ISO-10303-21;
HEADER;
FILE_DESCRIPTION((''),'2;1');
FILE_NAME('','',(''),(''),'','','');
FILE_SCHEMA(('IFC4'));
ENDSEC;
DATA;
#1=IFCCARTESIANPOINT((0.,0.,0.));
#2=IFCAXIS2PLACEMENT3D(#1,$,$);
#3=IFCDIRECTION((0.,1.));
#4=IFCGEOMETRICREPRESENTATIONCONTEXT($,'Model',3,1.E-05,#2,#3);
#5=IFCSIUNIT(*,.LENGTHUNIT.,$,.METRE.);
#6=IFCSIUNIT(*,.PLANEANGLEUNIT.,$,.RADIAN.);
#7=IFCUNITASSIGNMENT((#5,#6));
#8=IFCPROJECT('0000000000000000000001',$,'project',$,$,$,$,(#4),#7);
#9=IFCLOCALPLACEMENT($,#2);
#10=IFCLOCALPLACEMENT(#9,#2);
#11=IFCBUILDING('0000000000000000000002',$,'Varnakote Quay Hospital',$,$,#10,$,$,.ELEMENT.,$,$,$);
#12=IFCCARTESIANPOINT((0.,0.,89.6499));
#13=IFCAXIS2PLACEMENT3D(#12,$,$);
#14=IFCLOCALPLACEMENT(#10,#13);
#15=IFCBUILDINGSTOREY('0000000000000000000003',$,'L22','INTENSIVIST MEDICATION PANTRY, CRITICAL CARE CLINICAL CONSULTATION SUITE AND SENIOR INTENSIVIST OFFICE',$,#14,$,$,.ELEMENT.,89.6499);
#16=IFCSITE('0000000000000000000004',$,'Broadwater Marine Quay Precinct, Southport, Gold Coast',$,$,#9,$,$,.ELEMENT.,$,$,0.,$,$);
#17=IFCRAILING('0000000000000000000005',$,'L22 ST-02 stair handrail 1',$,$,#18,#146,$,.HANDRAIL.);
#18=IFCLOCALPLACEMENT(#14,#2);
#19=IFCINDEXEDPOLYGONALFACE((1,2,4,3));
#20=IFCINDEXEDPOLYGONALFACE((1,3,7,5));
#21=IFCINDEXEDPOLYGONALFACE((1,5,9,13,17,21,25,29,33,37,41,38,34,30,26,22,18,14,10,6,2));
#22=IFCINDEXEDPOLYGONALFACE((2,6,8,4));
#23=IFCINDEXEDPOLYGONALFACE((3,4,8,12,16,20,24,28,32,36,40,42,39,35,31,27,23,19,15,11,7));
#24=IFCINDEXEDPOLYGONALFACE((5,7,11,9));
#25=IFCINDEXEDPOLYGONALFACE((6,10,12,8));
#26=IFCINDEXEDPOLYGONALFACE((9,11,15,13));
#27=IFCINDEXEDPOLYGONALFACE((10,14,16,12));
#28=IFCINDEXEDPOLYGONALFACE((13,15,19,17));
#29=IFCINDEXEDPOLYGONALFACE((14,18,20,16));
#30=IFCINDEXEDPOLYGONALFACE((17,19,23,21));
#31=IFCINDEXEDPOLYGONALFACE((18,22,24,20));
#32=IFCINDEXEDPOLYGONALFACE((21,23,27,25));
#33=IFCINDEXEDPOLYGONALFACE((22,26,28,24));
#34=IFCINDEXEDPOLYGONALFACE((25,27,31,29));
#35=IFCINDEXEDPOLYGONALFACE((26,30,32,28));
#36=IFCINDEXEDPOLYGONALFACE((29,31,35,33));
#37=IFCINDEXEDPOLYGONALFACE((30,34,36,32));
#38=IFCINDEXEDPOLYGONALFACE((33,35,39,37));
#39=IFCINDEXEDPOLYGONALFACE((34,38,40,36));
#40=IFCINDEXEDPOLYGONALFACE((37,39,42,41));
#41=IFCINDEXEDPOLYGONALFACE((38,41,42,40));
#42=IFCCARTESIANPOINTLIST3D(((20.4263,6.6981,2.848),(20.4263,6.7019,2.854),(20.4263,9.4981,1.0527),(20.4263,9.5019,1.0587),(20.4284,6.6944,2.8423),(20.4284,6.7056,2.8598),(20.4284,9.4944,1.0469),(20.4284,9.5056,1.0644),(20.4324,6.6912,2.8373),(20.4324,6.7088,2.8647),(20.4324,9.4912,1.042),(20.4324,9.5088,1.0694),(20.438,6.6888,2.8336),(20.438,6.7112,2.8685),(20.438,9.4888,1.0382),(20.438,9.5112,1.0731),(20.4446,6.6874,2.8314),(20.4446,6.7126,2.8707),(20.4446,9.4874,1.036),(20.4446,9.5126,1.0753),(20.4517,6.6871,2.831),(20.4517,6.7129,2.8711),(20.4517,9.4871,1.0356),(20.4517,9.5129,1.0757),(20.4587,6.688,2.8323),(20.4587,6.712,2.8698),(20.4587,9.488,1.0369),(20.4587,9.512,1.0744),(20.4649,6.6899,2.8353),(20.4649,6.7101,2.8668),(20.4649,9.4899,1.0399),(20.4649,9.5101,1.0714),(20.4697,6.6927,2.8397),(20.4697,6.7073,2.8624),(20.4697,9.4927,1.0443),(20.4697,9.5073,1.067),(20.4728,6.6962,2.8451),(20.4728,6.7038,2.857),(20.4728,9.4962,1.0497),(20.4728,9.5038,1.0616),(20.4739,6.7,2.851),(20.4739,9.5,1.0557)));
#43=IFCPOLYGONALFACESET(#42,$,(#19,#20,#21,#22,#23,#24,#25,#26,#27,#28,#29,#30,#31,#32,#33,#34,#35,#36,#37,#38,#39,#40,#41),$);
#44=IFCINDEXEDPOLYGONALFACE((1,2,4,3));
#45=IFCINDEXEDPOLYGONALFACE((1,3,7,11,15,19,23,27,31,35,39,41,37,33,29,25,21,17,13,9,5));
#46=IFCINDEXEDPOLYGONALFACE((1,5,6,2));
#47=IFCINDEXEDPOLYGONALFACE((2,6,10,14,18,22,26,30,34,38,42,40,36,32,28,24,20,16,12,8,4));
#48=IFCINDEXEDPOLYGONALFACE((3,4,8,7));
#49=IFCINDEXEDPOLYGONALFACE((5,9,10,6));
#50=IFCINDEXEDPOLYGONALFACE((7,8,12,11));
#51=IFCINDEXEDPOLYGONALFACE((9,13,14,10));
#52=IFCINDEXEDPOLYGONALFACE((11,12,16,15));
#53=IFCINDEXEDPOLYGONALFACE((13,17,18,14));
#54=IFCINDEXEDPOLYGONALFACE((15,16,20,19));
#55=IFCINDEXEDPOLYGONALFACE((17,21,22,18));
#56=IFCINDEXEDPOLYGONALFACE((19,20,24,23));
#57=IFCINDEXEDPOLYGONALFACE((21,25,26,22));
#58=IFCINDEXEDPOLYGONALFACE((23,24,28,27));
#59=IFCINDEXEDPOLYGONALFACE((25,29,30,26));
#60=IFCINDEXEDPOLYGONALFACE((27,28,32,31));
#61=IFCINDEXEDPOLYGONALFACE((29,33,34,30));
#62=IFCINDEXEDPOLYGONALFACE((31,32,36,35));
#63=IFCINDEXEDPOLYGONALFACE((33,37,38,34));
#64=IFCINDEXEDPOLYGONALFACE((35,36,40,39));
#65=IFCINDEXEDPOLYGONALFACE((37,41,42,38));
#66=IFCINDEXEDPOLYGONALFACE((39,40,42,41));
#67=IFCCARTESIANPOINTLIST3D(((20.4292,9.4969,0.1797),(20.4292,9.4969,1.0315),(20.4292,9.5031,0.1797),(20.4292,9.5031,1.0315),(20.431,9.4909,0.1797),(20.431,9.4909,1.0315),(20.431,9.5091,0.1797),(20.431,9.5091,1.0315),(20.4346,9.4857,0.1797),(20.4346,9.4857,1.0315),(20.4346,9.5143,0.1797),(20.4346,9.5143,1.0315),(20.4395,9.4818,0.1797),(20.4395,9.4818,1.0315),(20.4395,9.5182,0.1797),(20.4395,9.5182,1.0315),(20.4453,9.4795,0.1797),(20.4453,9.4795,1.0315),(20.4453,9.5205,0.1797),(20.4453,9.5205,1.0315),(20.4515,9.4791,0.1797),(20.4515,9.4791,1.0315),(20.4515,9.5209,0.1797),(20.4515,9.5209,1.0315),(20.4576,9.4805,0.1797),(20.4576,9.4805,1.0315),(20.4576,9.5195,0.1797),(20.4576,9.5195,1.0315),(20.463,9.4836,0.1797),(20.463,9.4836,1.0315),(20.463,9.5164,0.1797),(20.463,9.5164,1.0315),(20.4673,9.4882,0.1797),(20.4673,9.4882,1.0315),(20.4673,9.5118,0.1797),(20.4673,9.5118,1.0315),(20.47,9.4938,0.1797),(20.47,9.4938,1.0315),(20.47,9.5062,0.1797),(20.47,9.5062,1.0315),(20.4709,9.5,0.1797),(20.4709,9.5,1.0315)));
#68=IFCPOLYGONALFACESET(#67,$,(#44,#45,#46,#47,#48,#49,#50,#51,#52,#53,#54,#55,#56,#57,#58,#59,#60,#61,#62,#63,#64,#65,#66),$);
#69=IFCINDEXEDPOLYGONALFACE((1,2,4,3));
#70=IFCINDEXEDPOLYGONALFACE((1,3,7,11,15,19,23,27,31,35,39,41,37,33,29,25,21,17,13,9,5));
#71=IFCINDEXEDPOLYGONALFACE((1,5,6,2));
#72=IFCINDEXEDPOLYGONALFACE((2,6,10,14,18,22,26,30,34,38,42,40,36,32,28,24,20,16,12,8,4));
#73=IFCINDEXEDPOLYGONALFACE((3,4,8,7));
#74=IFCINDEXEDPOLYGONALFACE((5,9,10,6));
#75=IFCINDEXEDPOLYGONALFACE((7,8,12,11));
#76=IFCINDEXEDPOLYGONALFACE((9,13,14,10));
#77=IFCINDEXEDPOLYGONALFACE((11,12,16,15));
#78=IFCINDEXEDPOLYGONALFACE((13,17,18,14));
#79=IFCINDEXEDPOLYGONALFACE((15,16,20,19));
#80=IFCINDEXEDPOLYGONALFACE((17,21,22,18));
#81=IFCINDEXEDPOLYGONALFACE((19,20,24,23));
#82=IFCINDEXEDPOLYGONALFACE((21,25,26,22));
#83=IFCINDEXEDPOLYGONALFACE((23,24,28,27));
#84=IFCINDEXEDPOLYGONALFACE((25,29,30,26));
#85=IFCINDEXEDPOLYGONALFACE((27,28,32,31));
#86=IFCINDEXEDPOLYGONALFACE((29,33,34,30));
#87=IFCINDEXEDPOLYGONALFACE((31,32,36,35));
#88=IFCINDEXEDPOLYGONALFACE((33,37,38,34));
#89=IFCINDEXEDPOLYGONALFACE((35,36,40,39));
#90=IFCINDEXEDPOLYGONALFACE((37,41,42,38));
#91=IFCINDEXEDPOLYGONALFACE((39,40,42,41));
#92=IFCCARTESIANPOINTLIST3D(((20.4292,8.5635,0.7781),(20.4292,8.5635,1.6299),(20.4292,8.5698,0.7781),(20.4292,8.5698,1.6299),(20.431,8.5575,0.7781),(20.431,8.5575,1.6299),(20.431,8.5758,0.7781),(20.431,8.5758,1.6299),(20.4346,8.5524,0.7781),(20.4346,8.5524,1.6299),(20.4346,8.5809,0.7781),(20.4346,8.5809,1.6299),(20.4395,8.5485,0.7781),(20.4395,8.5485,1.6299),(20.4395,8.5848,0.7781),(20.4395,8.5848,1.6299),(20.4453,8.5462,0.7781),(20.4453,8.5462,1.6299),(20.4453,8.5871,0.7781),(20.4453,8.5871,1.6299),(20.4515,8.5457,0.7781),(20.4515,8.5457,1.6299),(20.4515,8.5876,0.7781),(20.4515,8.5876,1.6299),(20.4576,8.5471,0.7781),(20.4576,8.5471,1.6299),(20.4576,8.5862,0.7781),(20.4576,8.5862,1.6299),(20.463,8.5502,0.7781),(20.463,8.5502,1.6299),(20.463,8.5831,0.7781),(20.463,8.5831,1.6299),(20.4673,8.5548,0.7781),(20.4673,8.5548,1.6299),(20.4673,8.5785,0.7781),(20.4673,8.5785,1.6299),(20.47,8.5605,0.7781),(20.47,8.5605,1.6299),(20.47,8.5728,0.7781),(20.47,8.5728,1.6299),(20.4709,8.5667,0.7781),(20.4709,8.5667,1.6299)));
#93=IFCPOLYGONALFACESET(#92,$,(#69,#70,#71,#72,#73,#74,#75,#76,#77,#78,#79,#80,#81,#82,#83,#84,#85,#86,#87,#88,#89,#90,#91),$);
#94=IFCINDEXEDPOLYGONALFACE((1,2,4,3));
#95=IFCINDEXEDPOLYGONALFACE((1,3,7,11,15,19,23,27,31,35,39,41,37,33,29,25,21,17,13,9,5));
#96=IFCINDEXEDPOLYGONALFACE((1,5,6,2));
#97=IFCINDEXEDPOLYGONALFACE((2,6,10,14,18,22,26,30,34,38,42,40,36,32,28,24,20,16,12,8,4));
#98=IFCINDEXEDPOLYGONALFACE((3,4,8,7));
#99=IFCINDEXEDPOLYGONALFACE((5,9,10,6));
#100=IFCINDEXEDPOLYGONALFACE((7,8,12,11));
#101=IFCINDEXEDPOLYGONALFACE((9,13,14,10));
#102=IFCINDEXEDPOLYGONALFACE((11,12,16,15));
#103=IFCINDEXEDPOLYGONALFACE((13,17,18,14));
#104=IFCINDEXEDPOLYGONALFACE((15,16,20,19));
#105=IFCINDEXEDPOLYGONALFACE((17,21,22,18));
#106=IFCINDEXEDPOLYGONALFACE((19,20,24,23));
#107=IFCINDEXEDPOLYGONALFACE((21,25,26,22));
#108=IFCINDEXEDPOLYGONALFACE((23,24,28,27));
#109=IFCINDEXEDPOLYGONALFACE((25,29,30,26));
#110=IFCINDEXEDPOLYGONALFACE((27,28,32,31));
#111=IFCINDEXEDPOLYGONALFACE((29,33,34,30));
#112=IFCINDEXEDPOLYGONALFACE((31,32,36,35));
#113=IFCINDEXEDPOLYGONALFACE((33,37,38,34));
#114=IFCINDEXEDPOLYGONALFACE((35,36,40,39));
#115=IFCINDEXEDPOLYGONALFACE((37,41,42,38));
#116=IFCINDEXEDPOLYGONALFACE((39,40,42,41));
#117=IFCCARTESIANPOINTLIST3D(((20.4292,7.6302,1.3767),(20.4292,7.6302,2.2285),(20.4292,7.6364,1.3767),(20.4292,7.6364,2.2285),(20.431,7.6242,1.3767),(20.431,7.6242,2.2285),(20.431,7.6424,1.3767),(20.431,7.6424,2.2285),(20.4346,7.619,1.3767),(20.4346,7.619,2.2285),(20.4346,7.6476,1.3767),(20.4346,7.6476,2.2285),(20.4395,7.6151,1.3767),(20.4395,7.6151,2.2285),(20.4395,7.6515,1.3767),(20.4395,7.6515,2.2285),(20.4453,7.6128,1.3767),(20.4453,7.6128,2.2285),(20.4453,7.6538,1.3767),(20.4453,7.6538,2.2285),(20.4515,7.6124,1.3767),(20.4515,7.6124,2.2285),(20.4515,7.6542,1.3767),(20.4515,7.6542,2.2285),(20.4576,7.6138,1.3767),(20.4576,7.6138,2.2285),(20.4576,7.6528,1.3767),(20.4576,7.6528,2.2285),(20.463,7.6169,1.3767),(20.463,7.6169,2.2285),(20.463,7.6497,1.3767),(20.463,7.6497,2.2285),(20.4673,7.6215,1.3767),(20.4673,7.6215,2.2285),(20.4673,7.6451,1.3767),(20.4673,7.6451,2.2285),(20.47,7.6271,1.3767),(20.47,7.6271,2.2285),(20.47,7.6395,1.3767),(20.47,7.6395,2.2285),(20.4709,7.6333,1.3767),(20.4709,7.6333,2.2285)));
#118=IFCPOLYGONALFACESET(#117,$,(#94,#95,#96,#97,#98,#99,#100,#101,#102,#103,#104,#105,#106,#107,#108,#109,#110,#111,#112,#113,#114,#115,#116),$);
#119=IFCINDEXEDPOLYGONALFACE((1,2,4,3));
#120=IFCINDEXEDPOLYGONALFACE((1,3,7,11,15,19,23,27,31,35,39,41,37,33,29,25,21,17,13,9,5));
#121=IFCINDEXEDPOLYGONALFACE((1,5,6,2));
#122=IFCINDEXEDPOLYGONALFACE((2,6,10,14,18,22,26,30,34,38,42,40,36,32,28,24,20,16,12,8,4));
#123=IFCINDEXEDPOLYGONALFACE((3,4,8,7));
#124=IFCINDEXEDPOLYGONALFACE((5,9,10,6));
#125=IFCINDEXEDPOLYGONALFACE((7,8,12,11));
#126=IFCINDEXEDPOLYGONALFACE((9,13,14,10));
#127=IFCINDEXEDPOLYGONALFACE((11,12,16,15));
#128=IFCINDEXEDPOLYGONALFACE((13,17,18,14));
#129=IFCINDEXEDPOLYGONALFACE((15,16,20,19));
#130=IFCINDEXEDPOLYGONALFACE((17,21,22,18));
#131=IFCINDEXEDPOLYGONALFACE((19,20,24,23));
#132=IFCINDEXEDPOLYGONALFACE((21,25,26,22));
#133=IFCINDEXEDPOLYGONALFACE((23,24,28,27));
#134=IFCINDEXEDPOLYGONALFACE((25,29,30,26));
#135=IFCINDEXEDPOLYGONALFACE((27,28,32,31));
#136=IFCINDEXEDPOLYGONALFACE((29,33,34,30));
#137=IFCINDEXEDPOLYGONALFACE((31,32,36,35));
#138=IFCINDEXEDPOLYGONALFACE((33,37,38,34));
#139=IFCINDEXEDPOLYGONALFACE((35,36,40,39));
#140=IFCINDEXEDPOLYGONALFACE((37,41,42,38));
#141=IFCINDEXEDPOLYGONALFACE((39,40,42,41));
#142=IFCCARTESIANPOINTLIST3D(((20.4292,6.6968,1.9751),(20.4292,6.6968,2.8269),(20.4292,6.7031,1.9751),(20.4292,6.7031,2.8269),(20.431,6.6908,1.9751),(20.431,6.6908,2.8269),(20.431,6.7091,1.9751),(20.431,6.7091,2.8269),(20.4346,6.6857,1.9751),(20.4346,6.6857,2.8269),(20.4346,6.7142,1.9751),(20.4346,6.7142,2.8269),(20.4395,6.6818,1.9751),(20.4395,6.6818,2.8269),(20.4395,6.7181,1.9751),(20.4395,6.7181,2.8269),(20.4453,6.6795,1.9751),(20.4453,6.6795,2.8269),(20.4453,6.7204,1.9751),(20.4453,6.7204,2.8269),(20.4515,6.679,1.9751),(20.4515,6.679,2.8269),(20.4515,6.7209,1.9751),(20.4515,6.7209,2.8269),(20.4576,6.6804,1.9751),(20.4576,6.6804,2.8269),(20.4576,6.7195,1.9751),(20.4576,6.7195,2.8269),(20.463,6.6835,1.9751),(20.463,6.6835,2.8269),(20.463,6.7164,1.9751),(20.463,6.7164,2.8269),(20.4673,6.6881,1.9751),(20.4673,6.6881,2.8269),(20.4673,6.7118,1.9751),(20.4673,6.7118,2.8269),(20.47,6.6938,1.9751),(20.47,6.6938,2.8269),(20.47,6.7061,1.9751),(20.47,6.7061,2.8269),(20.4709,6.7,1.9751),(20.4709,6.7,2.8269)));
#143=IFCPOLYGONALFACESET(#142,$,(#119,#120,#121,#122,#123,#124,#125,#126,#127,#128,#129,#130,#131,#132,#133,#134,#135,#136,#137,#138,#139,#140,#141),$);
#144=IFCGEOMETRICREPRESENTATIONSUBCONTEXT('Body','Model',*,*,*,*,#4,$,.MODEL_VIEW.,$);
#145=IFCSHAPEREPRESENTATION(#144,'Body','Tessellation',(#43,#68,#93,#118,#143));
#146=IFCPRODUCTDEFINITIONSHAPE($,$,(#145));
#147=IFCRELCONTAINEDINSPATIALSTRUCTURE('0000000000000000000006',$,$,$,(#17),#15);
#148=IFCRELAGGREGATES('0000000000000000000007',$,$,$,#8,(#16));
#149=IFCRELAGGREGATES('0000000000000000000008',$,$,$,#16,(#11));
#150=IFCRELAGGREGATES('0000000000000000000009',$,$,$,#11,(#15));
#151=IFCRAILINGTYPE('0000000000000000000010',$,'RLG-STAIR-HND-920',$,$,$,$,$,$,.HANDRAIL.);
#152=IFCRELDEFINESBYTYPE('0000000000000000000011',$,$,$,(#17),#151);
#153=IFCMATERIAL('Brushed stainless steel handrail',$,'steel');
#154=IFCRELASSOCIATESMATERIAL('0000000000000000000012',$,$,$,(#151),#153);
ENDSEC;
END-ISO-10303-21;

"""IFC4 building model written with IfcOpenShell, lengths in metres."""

from ifc_helpers import new_model, si_unit, direction, frame, origin, origin_2d, place, context, subcontext, project, spatial, circle, extrude, material, type_object, element, save


model = new_model("IFC4")

# Units and contexts
model_context = context("Model", 3, precision=1e-05, world=origin(), true_north=direction((0.0, 1.0)))
body_context = subcontext(model_context, "Body", "Model", "MODEL_VIEW")
ifc_project = project(units=[si_unit("LENGTHUNIT", "METRE"), si_unit("PLANEANGLEUNIT", "RADIAN")], contexts=[model_context])

# Site, building, storey
site_placement = place(None, origin())
site = spatial("IfcSite", under=ifc_project, at=site_placement, Name="Broadwater Marine Quay Precinct, Southport, Gold Coast", CompositionType="ELEMENT", RefElevation=0.0)
building_placement = place(site_placement, origin())
building = spatial("IfcBuilding", under=site, at=building_placement, Name="Varnakote Quay Hospital", CompositionType="ELEMENT")
storey_placement = place(building_placement, frame((0.0, 0.0, 89.6499)))
storey = spatial("IfcBuildingStorey", under=building, at=storey_placement, Name="L22", Description="INTENSIVIST MEDICATION PANTRY, CRITICAL CARE CLINICAL CONSULTATION SUITE AND SENIOR INTENSIVIST OFFICE", CompositionType="ELEMENT", Elevation=89.6499)

# Railing
ifc_material_1 = material(Name="Brushed stainless steel handrail", Category="steel")
railing_type_1 = type_object("IfcRailingType", Name="RLG-STAIR-HND-920", PredefinedType="HANDRAIL", material=ifc_material_1)
railing_1_placement = place(storey_placement, frame((20.45, 9.5, 0.1797)))
element("IfcRailing", 1, at=railing_1_placement, inside=storey, type_object=railing_type_1, Name="L22 ST-02 stair handrail 1", PredefinedType="HANDRAIL", context=body_context, shape_type="SweptSolid", body=[
    extrude(circle(Radius=0.0239, at=origin_2d()), frame((0.0, 0.0, 0.876), z_axis=(0.0, -0.84181, 0.539774), x_axis=(1.0, 0.0, 0.0)), (0.0, 0.0, 1.0), 3.3262),
    extrude(circle(Radius=0.021, at=origin_2d()), origin(), (0.0, 0.0, 1.0), 0.8518),
    extrude(circle(Radius=0.021, at=origin_2d()), frame((0.0, -0.9333, 0.5984)), (0.0, 0.0, 1.0), 0.8518),
    extrude(circle(Radius=0.021, at=origin_2d()), frame((0.0, -1.8667, 1.197)), (0.0, 0.0, 1.0), 0.8518),
    extrude(circle(Radius=0.021, at=origin_2d()), frame((0.0, -2.8, 1.7954)), (0.0, 0.0, 1.0), 0.8518),
])

save(model, "model.ifc")
